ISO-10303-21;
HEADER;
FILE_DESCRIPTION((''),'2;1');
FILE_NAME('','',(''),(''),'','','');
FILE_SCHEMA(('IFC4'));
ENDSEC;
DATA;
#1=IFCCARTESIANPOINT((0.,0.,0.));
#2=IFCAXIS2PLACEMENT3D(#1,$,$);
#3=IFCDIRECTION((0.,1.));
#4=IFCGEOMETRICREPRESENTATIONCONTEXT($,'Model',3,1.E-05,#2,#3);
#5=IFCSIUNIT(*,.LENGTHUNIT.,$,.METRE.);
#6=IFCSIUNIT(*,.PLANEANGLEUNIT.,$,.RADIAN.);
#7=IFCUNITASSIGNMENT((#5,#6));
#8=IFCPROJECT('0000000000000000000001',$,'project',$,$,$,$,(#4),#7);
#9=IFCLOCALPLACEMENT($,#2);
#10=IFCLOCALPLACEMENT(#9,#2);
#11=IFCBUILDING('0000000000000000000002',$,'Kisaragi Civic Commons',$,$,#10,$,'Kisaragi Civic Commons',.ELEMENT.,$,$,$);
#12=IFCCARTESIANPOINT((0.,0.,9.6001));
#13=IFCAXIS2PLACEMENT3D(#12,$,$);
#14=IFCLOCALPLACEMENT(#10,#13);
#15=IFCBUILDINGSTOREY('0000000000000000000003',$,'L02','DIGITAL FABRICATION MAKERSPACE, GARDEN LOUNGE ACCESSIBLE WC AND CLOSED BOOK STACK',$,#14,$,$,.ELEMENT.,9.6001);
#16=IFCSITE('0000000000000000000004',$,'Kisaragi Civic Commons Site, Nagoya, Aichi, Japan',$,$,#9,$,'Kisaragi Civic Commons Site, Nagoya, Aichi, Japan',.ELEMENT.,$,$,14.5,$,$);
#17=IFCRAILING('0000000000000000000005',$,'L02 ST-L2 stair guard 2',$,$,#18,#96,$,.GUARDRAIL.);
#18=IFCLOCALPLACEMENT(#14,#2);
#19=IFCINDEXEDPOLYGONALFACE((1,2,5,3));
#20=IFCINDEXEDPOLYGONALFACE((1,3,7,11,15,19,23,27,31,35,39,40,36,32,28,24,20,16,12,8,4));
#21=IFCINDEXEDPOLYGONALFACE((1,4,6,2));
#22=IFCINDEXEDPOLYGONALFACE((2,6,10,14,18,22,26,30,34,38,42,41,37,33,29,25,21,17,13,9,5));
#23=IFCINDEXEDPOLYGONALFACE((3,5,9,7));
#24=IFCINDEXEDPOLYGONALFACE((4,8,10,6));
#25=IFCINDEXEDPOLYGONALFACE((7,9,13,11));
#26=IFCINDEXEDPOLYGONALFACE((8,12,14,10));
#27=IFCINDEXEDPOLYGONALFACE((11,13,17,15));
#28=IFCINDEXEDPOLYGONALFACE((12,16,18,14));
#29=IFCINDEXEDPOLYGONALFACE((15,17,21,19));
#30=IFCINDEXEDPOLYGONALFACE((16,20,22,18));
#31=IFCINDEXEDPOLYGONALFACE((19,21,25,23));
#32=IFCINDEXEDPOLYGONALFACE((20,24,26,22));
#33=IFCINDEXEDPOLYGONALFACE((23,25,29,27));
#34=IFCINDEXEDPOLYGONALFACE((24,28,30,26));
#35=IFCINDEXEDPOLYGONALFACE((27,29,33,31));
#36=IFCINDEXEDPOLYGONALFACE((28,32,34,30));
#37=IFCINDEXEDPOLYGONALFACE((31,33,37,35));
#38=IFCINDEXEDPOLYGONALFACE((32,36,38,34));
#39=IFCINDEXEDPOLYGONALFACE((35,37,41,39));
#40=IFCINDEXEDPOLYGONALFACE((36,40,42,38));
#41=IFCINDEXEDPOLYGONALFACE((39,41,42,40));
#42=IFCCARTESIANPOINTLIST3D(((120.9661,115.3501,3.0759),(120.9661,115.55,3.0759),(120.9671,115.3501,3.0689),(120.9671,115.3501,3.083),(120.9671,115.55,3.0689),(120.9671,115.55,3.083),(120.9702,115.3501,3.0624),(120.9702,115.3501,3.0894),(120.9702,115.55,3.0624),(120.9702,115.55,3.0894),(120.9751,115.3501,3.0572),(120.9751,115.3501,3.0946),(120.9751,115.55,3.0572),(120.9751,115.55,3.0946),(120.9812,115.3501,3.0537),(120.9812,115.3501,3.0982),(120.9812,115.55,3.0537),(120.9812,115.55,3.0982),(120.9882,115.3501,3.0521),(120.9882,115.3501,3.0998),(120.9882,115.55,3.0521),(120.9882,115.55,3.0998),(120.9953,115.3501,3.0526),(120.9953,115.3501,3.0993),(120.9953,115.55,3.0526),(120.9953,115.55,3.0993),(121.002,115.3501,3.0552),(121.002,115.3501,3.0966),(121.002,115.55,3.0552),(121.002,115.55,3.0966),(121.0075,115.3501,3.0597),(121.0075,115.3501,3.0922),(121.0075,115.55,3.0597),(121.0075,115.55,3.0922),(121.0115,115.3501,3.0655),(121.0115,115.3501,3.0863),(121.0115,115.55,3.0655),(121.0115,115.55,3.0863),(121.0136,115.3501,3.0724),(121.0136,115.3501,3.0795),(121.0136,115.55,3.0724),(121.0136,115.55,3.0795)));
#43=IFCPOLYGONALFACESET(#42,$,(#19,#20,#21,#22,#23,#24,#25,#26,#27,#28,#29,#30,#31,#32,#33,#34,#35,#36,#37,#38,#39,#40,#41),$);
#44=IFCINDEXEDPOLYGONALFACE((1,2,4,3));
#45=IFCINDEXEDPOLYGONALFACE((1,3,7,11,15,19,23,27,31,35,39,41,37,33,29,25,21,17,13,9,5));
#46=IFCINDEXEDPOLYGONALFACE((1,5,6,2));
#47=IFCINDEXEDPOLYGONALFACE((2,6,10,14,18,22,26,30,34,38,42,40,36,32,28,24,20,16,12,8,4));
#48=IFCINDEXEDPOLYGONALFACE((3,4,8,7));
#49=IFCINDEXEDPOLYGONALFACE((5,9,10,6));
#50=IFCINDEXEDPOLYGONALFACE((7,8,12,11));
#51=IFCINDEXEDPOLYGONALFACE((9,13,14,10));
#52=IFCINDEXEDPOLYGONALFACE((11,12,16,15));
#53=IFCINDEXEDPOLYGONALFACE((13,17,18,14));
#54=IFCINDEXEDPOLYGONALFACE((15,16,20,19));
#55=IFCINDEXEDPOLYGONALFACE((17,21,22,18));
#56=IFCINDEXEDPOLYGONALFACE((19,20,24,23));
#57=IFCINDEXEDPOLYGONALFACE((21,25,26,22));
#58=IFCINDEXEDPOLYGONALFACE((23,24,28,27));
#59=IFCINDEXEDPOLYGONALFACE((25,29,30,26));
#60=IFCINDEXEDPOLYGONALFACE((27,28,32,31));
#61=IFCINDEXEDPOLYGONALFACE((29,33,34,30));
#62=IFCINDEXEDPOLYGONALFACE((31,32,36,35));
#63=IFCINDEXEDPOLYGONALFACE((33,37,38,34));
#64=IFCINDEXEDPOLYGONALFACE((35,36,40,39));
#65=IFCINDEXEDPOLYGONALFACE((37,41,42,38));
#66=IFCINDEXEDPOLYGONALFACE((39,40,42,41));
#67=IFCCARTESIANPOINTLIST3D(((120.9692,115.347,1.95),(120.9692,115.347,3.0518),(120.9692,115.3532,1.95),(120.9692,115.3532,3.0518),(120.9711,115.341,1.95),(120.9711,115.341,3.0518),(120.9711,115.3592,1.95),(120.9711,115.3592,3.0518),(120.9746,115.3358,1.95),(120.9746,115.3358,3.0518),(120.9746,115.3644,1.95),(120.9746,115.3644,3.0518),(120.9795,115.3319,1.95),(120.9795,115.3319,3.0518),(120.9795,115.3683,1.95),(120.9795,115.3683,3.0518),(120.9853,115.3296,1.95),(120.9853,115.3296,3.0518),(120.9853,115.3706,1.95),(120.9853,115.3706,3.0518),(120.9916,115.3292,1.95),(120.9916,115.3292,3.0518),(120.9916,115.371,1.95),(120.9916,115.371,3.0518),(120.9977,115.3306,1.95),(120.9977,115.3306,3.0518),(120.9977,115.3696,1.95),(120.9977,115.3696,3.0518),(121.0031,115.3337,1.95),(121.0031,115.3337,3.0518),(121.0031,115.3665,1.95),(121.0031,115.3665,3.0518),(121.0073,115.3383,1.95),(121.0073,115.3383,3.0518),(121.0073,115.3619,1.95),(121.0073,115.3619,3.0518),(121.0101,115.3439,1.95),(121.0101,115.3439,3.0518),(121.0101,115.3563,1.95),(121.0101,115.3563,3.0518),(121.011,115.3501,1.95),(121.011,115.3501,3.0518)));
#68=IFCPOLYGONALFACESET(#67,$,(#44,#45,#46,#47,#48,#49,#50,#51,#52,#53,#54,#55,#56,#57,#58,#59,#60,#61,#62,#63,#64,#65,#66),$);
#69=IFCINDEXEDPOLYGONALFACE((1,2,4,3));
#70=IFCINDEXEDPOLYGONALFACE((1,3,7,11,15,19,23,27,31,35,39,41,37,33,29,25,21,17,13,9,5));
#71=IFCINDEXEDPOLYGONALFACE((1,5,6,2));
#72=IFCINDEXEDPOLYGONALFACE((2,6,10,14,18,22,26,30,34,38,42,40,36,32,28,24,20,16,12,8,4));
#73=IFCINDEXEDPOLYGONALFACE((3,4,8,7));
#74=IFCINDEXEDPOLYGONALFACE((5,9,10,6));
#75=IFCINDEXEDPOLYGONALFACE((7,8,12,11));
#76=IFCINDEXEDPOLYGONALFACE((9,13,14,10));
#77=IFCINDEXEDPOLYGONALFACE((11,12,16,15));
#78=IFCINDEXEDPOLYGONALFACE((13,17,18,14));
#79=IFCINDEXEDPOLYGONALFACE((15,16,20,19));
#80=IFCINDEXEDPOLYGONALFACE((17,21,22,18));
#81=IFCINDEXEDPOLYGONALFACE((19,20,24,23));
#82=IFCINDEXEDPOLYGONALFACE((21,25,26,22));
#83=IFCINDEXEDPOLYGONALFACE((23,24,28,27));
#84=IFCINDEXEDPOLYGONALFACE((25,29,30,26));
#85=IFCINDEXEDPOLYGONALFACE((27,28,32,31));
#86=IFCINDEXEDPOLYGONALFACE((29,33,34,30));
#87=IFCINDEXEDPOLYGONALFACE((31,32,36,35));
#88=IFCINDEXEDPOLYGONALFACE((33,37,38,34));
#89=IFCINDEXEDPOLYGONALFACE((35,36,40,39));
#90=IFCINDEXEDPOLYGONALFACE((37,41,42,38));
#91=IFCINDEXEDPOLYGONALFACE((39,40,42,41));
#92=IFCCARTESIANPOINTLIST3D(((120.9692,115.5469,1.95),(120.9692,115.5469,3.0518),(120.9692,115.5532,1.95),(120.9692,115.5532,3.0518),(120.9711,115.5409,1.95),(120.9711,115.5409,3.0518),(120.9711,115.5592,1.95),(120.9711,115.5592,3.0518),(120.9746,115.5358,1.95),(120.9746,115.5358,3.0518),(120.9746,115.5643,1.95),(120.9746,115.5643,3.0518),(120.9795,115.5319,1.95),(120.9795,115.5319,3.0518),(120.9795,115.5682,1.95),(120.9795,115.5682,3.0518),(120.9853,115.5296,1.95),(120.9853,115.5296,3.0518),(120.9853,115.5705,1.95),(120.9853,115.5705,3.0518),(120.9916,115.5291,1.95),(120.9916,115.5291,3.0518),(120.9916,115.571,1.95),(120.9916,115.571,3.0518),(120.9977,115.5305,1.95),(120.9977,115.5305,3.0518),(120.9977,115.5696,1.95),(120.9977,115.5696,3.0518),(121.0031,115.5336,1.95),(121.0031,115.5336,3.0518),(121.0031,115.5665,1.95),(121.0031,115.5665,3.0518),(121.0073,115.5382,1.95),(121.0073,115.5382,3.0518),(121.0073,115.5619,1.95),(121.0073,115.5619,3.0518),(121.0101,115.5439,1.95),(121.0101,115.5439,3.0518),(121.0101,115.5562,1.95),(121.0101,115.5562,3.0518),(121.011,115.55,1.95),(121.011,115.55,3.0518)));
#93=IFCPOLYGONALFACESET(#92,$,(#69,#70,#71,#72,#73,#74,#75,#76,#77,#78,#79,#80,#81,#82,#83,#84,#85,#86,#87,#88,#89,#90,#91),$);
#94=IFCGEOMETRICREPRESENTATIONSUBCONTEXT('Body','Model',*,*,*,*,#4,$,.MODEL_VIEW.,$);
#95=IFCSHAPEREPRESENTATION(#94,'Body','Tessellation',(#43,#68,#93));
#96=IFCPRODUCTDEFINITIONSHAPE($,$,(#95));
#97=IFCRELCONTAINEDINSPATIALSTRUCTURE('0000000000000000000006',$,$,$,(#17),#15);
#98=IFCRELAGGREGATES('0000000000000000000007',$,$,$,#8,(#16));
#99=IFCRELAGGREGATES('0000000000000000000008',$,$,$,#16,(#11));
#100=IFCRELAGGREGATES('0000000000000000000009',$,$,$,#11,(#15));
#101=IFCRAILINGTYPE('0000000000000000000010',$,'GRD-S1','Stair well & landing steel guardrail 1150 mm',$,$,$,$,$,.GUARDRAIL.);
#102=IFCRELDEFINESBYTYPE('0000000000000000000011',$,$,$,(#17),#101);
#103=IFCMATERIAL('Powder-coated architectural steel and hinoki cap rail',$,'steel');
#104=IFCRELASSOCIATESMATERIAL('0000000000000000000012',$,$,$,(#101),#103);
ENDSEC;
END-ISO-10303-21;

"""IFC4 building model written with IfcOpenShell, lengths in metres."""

from ifc_helpers import new_model, si_unit, direction, frame, origin, origin_2d, place, context, subcontext, project, spatial, circle, extrude, material, type_object, element, save


model = new_model("IFC4")

# Units and contexts
model_context = context("Model", 3, precision=1e-05, world=origin(), true_north=direction((0.0, 1.0)))
body_context = subcontext(model_context, "Body", "Model", "MODEL_VIEW")
ifc_project = project(units=[si_unit("LENGTHUNIT", "METRE"), si_unit("PLANEANGLEUNIT", "RADIAN")], contexts=[model_context])

# Site, building, storey
site_placement = place(None, origin())
site = spatial("IfcSite", under=ifc_project, at=site_placement, Name="Kisaragi Civic Commons Site, Nagoya, Aichi, Japan", LongName="Kisaragi Civic Commons Site, Nagoya, Aichi, Japan", CompositionType="ELEMENT", RefElevation=14.5)
building_placement = place(site_placement, origin())
building = spatial("IfcBuilding", under=site, at=building_placement, Name="Kisaragi Civic Commons", LongName="Kisaragi Civic Commons", CompositionType="ELEMENT")
storey_placement = place(building_placement, frame((0.0, 0.0, 9.6001)))
storey = spatial("IfcBuildingStorey", under=building, at=storey_placement, Name="L02", Description="DIGITAL FABRICATION MAKERSPACE, GARDEN LOUNGE ACCESSIBLE WC AND CLOSED BOOK STACK", CompositionType="ELEMENT", Elevation=9.6001)

# Railing
ifc_material_1 = material(Name="Powder-coated architectural steel and hinoki cap rail", Category="steel")
railing_type_1 = type_object("IfcRailingType", Name="GRD-S1", Description="Stair well & landing steel guardrail 1150 mm", PredefinedType="GUARDRAIL", material=ifc_material_1)
railing_1_placement = place(storey_placement, frame((120.99, 115.3501, 1.95)))
element("IfcRailing", 1, at=railing_1_placement, inside=storey, type_object=railing_type_1, Name="L02 ST-L2 stair guard 2", PredefinedType="GUARDRAIL", context=body_context, shape_type="SweptSolid", body=[
    extrude(circle(Radius=0.0239, at=origin_2d()), frame((0.0, 0.0, 1.126), z_axis=(0.0, 1.0, 0.0), x_axis=(-1.0, 0.0, 0.0)), (0.0, 0.0, 1.0), 0.2),
    extrude(circle(Radius=0.021, at=origin_2d()), origin(), (0.0, 0.0, 1.0), 1.1018),
    extrude(circle(Radius=0.021, at=origin_2d()), frame((0.0, 0.2, 0.0)), (0.0, 0.0, 1.0), 1.1018),
])

save(model, "model.ifc")
